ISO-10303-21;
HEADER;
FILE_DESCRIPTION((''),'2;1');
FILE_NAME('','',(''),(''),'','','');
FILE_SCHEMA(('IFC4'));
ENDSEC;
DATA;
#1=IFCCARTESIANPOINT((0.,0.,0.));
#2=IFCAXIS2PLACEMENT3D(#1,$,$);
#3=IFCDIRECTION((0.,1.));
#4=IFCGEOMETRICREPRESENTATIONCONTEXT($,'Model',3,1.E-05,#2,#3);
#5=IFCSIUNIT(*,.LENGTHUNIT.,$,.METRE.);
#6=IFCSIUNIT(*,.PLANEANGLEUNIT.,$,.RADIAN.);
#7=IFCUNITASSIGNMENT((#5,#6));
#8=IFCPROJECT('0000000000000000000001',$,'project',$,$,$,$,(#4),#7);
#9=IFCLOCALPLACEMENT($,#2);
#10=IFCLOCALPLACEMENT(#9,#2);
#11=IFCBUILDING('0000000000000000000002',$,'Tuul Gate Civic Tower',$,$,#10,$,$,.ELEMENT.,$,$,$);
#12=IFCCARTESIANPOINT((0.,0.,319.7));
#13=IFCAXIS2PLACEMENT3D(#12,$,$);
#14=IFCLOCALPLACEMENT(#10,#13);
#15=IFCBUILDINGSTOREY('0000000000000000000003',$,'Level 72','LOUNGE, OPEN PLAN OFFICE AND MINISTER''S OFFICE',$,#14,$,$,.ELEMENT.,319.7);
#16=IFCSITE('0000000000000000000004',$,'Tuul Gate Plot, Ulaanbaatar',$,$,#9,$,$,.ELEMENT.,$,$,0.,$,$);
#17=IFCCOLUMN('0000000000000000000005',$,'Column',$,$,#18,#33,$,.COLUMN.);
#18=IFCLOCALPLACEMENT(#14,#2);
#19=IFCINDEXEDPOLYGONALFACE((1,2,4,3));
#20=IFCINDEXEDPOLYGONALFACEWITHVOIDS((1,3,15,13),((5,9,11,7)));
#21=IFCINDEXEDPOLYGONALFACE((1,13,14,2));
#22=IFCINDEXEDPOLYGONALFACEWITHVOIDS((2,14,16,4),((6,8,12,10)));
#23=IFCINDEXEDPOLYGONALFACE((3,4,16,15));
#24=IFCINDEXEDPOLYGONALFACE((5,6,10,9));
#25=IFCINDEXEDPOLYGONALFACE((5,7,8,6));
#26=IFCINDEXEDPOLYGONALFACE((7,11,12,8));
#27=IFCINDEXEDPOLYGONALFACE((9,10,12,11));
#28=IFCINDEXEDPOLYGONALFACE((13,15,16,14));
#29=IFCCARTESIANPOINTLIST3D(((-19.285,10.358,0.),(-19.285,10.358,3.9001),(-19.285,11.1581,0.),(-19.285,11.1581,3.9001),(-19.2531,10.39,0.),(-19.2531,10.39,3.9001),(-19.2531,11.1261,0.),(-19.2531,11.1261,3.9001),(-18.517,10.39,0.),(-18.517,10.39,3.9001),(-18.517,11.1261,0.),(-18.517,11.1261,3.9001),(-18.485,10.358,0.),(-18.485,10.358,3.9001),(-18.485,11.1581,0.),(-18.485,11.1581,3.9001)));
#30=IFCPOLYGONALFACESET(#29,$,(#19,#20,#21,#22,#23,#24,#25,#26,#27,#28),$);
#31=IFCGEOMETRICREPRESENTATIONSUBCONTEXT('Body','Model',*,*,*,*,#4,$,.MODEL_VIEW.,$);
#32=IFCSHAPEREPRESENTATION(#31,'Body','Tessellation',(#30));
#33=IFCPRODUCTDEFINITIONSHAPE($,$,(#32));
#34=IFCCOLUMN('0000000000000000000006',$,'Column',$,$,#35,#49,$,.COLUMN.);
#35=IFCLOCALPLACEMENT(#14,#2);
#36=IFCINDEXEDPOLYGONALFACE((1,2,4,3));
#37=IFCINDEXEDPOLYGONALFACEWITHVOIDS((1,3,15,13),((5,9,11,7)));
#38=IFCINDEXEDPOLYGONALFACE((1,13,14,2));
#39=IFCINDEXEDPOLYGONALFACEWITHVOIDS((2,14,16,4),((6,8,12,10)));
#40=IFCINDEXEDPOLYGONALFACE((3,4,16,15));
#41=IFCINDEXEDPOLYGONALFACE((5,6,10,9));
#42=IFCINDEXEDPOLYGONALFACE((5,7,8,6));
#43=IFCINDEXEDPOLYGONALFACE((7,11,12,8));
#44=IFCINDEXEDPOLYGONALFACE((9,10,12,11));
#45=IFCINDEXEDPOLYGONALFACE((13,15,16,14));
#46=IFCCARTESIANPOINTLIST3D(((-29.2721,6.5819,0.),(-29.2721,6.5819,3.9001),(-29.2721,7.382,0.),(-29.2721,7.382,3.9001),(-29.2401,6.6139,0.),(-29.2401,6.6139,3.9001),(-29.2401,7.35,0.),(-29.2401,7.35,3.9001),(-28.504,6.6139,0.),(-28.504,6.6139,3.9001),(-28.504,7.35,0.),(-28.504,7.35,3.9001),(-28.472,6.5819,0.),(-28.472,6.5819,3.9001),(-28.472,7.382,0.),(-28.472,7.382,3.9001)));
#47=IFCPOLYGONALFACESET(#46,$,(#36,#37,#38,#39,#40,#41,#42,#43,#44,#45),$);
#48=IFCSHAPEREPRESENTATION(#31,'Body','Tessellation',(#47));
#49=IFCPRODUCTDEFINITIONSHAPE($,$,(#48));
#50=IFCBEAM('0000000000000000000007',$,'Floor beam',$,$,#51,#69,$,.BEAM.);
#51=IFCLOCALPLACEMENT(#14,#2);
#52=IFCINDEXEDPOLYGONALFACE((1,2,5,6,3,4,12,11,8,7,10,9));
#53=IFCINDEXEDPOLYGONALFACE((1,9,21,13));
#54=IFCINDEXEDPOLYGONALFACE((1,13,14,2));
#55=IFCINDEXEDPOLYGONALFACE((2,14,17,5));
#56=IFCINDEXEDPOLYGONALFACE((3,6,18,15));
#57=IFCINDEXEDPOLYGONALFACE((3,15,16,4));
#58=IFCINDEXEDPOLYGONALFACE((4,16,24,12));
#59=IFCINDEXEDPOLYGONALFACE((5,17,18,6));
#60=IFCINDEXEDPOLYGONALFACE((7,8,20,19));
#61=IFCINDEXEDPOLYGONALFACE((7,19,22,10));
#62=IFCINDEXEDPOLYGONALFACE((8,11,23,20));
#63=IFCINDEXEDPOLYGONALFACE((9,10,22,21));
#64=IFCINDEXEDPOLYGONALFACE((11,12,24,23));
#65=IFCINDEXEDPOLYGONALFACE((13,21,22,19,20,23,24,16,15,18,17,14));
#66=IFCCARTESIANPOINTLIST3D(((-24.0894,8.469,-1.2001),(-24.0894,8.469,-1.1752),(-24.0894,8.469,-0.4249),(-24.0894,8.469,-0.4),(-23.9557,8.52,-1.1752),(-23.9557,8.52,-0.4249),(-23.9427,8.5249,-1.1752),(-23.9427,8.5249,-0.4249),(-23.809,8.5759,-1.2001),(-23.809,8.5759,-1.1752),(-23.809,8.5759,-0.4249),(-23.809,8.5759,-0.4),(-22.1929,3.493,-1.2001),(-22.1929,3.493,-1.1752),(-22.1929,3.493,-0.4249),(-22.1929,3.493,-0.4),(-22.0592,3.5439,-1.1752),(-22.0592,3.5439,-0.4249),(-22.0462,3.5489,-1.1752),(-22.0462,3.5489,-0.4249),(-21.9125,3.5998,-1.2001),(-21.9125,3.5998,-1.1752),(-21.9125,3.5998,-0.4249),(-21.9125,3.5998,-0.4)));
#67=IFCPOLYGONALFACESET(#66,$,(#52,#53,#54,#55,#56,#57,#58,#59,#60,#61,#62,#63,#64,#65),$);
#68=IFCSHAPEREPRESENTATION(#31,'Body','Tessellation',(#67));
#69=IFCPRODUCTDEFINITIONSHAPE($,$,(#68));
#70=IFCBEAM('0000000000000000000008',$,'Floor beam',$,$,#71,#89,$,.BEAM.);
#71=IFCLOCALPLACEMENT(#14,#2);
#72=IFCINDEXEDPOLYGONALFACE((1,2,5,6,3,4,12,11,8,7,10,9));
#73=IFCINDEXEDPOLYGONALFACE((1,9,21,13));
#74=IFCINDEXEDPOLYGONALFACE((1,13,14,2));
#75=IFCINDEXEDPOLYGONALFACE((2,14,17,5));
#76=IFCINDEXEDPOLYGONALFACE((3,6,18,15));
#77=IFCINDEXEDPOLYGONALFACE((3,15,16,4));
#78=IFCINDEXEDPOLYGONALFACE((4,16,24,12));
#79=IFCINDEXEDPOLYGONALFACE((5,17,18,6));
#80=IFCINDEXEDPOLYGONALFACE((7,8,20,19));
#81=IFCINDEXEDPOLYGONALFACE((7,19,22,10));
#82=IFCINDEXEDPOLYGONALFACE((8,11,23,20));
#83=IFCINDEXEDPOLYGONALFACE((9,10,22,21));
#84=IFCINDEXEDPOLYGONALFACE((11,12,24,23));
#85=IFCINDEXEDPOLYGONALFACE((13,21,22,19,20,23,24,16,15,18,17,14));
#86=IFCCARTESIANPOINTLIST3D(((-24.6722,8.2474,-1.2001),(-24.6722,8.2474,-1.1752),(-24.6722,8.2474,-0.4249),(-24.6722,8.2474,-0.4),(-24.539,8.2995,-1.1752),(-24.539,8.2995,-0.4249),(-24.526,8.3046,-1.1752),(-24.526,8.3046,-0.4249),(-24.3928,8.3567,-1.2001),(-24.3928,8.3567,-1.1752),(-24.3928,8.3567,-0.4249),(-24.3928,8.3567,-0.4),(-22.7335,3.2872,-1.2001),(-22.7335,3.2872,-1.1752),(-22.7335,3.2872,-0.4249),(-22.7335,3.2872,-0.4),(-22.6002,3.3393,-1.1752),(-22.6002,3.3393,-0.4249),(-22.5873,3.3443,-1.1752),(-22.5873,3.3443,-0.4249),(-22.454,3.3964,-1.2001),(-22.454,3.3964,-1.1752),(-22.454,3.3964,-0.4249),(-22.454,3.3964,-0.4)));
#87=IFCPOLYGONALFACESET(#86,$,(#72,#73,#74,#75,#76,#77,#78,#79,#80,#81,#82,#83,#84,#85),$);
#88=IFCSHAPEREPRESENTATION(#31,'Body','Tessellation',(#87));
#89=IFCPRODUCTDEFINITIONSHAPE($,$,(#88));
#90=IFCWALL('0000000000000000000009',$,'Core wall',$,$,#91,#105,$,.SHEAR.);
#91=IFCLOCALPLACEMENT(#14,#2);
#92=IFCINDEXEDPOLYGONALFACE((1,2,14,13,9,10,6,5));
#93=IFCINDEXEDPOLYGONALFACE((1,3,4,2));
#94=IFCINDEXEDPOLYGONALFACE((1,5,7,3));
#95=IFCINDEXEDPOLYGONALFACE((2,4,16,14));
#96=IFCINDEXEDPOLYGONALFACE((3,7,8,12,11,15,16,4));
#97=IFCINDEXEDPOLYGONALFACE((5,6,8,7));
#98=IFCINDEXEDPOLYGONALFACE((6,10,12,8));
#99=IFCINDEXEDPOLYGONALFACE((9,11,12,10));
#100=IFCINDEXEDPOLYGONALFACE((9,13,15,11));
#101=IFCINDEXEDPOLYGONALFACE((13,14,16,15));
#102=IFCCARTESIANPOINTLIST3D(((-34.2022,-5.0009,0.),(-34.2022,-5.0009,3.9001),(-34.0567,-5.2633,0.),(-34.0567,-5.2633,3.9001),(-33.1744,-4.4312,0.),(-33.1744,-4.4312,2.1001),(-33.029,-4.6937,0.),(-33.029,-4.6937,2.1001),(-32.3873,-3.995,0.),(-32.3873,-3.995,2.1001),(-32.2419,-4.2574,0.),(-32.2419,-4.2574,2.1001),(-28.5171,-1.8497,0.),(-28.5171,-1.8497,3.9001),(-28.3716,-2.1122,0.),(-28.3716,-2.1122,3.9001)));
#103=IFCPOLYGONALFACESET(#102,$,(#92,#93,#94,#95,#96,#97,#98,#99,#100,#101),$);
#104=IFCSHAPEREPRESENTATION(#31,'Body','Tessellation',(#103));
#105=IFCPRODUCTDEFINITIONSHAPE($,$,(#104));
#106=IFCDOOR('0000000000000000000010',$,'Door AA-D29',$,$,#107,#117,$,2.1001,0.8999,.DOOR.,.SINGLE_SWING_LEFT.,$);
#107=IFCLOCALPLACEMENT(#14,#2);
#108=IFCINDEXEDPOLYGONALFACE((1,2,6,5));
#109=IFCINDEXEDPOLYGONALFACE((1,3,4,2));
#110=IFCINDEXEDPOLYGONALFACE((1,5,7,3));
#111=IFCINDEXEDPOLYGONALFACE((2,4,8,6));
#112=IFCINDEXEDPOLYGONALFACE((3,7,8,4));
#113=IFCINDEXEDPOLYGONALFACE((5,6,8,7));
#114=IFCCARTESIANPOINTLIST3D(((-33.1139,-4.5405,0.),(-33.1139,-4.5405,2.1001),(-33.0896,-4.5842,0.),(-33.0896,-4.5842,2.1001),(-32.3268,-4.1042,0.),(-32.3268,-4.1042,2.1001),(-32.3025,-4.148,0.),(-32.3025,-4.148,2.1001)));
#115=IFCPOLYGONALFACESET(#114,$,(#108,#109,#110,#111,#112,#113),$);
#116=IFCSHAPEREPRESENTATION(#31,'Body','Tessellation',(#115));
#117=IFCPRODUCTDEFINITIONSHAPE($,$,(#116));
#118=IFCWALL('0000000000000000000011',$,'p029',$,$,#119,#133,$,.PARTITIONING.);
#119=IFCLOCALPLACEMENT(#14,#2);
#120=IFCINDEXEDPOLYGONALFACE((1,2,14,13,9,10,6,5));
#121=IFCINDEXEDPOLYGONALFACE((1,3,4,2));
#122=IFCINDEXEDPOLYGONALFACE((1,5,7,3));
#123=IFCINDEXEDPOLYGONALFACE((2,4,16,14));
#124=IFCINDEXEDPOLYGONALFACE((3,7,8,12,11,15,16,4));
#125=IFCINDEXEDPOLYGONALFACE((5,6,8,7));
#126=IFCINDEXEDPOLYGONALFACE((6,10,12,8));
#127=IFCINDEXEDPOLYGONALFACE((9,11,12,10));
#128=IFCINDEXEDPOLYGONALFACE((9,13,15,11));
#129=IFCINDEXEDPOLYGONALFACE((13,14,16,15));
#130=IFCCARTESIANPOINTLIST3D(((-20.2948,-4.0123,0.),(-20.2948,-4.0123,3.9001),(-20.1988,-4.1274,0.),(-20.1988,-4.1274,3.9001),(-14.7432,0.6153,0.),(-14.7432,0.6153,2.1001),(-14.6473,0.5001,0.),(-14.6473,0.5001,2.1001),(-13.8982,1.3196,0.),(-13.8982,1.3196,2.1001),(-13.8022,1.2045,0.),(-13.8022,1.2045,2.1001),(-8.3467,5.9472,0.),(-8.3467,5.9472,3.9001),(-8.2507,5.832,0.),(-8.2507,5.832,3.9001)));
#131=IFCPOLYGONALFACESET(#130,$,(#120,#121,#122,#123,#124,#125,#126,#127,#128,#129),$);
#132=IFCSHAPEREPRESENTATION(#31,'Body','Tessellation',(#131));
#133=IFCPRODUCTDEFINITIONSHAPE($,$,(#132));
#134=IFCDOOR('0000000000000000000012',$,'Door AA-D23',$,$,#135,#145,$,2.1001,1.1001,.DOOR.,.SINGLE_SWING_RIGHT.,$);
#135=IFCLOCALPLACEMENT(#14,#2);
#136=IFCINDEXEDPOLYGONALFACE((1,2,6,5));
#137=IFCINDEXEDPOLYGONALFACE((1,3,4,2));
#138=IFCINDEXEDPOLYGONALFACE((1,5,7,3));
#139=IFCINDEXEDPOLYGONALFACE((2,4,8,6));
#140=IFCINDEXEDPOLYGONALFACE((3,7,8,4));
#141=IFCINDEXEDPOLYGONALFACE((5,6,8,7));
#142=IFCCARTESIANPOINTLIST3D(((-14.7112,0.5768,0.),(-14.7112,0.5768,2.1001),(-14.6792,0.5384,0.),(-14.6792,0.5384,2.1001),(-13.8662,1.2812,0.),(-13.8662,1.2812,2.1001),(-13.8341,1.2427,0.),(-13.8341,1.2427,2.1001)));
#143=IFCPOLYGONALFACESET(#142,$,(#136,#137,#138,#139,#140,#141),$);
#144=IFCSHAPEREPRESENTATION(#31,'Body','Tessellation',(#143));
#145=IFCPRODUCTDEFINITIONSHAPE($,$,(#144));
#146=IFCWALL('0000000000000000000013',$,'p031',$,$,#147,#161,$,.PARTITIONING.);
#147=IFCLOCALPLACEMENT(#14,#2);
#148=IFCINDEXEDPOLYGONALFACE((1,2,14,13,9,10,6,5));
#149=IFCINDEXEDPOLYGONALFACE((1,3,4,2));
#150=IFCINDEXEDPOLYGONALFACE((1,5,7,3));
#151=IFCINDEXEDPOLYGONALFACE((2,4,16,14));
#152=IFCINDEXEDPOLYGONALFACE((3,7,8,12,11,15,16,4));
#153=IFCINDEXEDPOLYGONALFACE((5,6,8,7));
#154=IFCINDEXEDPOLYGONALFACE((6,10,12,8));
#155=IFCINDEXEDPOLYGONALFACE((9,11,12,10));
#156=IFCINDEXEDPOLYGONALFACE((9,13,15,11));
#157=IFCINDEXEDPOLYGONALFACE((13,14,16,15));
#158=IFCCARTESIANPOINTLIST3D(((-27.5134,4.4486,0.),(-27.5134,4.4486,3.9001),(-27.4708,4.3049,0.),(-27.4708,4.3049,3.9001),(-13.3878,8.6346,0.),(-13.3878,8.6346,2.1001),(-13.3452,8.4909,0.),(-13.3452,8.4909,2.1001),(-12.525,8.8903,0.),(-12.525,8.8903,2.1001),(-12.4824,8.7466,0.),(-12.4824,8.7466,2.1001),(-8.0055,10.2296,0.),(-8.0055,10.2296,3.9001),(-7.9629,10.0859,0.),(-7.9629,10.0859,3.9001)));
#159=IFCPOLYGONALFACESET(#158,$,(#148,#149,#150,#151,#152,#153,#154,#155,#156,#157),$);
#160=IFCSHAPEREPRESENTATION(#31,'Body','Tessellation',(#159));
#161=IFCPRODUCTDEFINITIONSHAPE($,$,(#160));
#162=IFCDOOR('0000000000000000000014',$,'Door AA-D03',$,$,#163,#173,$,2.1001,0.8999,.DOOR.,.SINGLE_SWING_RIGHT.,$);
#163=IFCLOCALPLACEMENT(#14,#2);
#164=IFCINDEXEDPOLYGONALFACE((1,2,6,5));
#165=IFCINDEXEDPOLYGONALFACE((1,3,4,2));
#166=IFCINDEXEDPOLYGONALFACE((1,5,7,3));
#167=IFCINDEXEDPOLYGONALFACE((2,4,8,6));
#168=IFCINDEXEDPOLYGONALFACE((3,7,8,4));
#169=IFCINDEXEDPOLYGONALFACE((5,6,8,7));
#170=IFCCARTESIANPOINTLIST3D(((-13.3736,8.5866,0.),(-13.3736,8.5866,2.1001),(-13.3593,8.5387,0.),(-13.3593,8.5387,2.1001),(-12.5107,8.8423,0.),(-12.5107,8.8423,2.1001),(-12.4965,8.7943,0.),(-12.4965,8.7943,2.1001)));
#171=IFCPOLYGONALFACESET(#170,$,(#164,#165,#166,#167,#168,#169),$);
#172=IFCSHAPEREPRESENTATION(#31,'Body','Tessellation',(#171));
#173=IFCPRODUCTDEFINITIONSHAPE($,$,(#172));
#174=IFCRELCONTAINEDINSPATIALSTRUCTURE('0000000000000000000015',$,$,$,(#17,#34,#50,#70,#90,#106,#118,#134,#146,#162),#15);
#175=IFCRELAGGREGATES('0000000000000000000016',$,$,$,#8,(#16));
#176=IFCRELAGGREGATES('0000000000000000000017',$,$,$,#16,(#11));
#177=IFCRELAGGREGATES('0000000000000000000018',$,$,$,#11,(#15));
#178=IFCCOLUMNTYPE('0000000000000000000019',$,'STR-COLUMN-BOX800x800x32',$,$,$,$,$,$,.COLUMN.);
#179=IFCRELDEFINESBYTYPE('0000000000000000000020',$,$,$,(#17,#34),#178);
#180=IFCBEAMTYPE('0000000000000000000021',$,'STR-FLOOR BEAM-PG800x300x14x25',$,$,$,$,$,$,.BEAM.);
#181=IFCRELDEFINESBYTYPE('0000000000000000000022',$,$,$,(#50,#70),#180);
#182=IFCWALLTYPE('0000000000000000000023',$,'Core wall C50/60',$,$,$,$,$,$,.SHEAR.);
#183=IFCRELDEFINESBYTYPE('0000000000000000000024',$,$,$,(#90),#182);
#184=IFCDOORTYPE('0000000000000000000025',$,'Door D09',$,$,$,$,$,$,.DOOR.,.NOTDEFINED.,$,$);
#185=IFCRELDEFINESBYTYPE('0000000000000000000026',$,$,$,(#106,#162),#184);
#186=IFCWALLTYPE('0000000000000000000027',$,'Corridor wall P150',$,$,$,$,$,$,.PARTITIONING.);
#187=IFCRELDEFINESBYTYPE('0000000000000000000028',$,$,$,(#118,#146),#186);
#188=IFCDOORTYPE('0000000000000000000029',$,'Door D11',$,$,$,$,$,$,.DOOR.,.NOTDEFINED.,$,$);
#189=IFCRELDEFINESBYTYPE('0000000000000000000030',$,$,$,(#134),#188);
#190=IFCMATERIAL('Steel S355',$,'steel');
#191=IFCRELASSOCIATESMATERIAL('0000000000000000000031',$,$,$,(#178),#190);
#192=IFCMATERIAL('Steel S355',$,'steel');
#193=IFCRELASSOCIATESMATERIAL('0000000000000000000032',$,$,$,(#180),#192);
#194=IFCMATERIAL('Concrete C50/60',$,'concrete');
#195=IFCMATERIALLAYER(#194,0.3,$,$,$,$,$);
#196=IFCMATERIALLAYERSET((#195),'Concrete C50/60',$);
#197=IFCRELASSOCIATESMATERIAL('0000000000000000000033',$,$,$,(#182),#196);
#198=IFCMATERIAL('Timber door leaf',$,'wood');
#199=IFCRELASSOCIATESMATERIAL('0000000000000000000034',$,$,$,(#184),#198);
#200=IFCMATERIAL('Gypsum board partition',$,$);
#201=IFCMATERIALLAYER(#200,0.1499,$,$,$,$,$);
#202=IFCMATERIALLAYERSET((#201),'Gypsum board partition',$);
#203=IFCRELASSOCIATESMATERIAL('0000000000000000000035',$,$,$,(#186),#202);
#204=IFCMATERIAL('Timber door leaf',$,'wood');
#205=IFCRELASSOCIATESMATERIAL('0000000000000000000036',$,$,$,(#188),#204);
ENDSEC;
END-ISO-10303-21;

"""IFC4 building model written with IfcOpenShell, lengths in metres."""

from ifc_helpers import new_model, si_unit, direction, frame, frame_2d, origin, origin_2d, place, context, subcontext, project, spatial, rectangle, hollow_rectangle, i_section, extrude, material, layer, layer_set, material_profile, profile_set, type_object, element, fill, save


model = new_model("IFC4")

# Units and contexts
model_context = context("Model", 3, precision=1e-05, world=origin(), true_north=direction((0.0, 1.0)))
body_context = subcontext(model_context, "Body", "Model", "MODEL_VIEW")
ifc_project = project(units=[si_unit("LENGTHUNIT", "METRE"), si_unit("PLANEANGLEUNIT", "RADIAN")], contexts=[model_context])

# Site, building, storey
site_placement = place(None, origin())
site = spatial("IfcSite", under=ifc_project, at=site_placement, Name="Tuul Gate Plot, Ulaanbaatar", CompositionType="ELEMENT", RefElevation=0.0)
building_placement = place(site_placement, origin())
building = spatial("IfcBuilding", under=site, at=building_placement, Name="Tuul Gate Civic Tower", CompositionType="ELEMENT")
storey_placement = place(building_placement, frame((0.0, 0.0, 319.7)))
storey = spatial("IfcBuildingStorey", under=building, at=storey_placement, Name="Level 72", Description="LOUNGE, OPEN PLAN OFFICE AND MINISTER'S OFFICE", CompositionType="ELEMENT", Elevation=319.7)

# Columns
ifc_material_1 = material(Name="Steel S355", Category="steel")
ifc_material_profile_1 = material_profile(ifc_material_1, hollow_rectangle(XDim=0.8, YDim=0.8, WallThickness=0.032, at=origin_2d()), Name="BOX800x800x32")
ifc_profile_set_1 = profile_set([ifc_material_profile_1], Name="Steel S355")
column_type = type_object("IfcColumnType", Name="STR-COLUMN-BOX800x800x32", PredefinedType="COLUMN", material=ifc_profile_set_1)
for number, where, z_axis, x_axis, name in (
    (1, (-18.885, 10.7581, 0.0), (0.0, 0.0, 1.0), (1.0, 0.0, 0.0), "Column"),
    (2, (-28.8721, 6.9819, 0.0), (0.0, 0.0, 1.0), (1.0, 0.0, 0.0), "Column"),
):
    element("IfcColumn", number, at=place(storey_placement, frame(where, z_axis=z_axis, x_axis=x_axis)), inside=storey, type_object=column_type, Name=name, PredefinedType="COLUMN", context=body_context, shape_type="SweptSolid", body=[
        extrude(hollow_rectangle(XDim=0.8, YDim=0.8, WallThickness=0.032, at=origin_2d()), origin(), (0.0, 0.0, 1.0), 3.9001),
    ])

# Beams
ifc_material_2 = material(Name="Steel S355", Category="steel")
ifc_material_profile_2 = material_profile(ifc_material_2, i_section(OverallWidth=0.3, OverallDepth=0.8, WebThickness=0.0139, FlangeThickness=0.0249, at=origin_2d()), Name="PG800x300x14x25")
ifc_profile_set_2 = profile_set([ifc_material_profile_2], Name="Steel S355")
beam_type = type_object("IfcBeamType", Name="STR-FLOOR BEAM-PG800x300x14x25", PredefinedType="BEAM", material=ifc_profile_set_2)
beam_1_placement = place(storey_placement, frame((-22.0527, 3.5464, -0.8), z_axis=(-0.356133, 0.934435, 0.0), x_axis=(-0.934435, -0.356133, 0.0)))
element("IfcBeam", 3, at=beam_1_placement, inside=storey, type_object=beam_type, Name="Floor beam", PredefinedType="BEAM", context=body_context, shape_type="SweptSolid", body=[
    extrude(i_section(OverallWidth=0.3, OverallDepth=0.8, WebThickness=0.0139, FlangeThickness=0.0249, at=origin_2d()), origin(), (0.0, 0.0, 1.0), 5.3252),
])
beam_2_placement = place(storey_placement, frame((-22.5938, 3.3418, -0.8), z_axis=(-0.364036, 0.931385, 0.0), x_axis=(-0.931385, -0.364036, 0.0)))
element("IfcBeam", 4, at=beam_2_placement, inside=storey, type_object=beam_type, Name="Floor beam", PredefinedType="BEAM", context=body_context, shape_type="SweptSolid", body=[
    extrude(i_section(OverallWidth=0.3, OverallDepth=0.8, WebThickness=0.0139, FlangeThickness=0.0249, at=origin_2d()), origin(), (0.0, 0.0, 1.0), 5.3257),
])

# Walls, openings, doors
ifc_material_3 = material(Name="Concrete C50/60", Category="concrete")
ifc_layer_1 = layer(ifc_material_3, 0.3)
ifc_layer_set_1 = layer_set([ifc_layer_1], Name="Concrete C50/60")
wall_type_1 = type_object("IfcWallType", Name="Core wall C50/60", PredefinedType="SHEAR", material=ifc_layer_set_1)
wall_1_placement = place(storey_placement, frame((-28.4443, -1.981, 0.0), z_axis=(0.0, 0.0, 1.0), x_axis=(-0.87463, -0.484791, 0.0)))
wall_1 = element("IfcWall", 5, at=wall_1_placement, inside=storey, type_object=wall_type_1, Name="Core wall", PredefinedType="SHEAR", context=body_context, shape_type="SweptSolid", body=[
    extrude(rectangle(XDim=6.5, YDim=0.3, at=frame_2d((3.25, 0.0))), origin(), (0.0, 0.0, 1.0), 3.9001),
])
opening_1_placement = place(wall_1_placement, frame((4.425, 0.0, 0.0)))
opening_1 = element("IfcOpeningElement", 6, at=opening_1_placement, cuts=wall_1, PredefinedType="OPENING", context=body_context, shape_type="SweptSolid", body=[
    extrude(rectangle(XDim=0.8999, YDim=2.1001, at=frame_2d((0.45, 1.05))), frame((0.0, 0.1602, 0.0), z_axis=(0.0, -1.0, 0.0), x_axis=(1.0, 0.0, 0.0)), (0.0, 0.0, 1.0), 0.3201),
])
ifc_material_4 = material(Name="Timber door leaf", Category="wood")
door_type_1 = type_object("IfcDoorType", Name="Door D09", OperationType="NOTDEFINED", PredefinedType="DOOR", material=ifc_material_4)
door_1_placement = place(opening_1_placement, origin())
door_1 = element("IfcDoor", 7, at=door_1_placement, inside=storey, type_object=door_type_1, Name="Door AA-D29", OperationType="SINGLE_SWING_LEFT", OverallHeight=2.1001, OverallWidth=0.8999, PredefinedType="DOOR", context=body_context, shape_type="SweptSolid", body=[
    extrude(rectangle(XDim=0.8999, YDim=2.1001, at=frame_2d((0.45, 1.05))), frame((0.0, 0.0249, 0.0), z_axis=(0.0, -1.0, 0.0), x_axis=(1.0, 0.0, 0.0)), (0.0, 0.0, 1.0), 0.05),
])
fill(opening_1, door_1)
ifc_material_5 = material(Name="Gypsum board partition")
ifc_layer_2 = layer(ifc_material_5, 0.1499)
ifc_layer_set_2 = layer_set([ifc_layer_2], Name="Gypsum board partition")
wall_type_2 = type_object("IfcWallType", Name="Corridor wall P150", PredefinedType="PARTITIONING", material=ifc_layer_set_2)
wall_2_placement = place(storey_placement, frame((-20.2468, -4.0698, 0.0), z_axis=(0.0, 0.0, 1.0), x_axis=(0.768139, 0.640283, 0.0)))
wall_2 = element("IfcWall", 8, at=wall_2_placement, inside=storey, type_object=wall_type_2, Name="p029", PredefinedType="PARTITIONING", context=body_context, shape_type="SweptSolid", body=[
    extrude(rectangle(XDim=15.5547, YDim=0.1499, at=frame_2d((7.7773, 0.0))), origin(), (0.0, 0.0, 1.0), 3.9001),
])
opening_2_placement = place(wall_2_placement, frame((7.2273, 0.0, 0.0)))
opening_2 = element("IfcOpeningElement", 9, at=opening_2_placement, cuts=wall_2, PredefinedType="OPENING", context=body_context, shape_type="SweptSolid", body=[
    extrude(rectangle(XDim=1.1001, YDim=2.1001, at=frame_2d((0.55, 1.05))), frame((0.0, 0.085, 0.0), z_axis=(0.0, -1.0, 0.0), x_axis=(1.0, 0.0, 0.0)), (0.0, 0.0, 1.0), 0.1699),
])
ifc_material_6 = material(Name="Timber door leaf", Category="wood")
door_type_2 = type_object("IfcDoorType", Name="Door D11", OperationType="NOTDEFINED", PredefinedType="DOOR", material=ifc_material_6)
door_2_placement = place(opening_2_placement, origin())
door_2 = element("IfcDoor", 10, at=door_2_placement, inside=storey, type_object=door_type_2, Name="Door AA-D23", OperationType="SINGLE_SWING_RIGHT", OverallHeight=2.1001, OverallWidth=1.1001, PredefinedType="DOOR", context=body_context, shape_type="SweptSolid", body=[
    extrude(rectangle(XDim=1.1001, YDim=2.1001, at=frame_2d((0.55, 1.05))), frame((0.0, 0.0249, 0.0), z_axis=(0.0, -1.0, 0.0), x_axis=(1.0, 0.0, 0.0)), (0.0, 0.0, 1.0), 0.05),
])
fill(opening_2, door_2)
wall_3_placement = place(storey_placement, frame((-27.4922, 4.3767, 0.0), z_axis=(0.0, 0.0, 1.0), x_axis=(0.958786, 0.28413, 0.0)))
wall_3 = element("IfcWall", 11, at=wall_3_placement, inside=storey, type_object=wall_type_2, Name="p031", PredefinedType="PARTITIONING", context=body_context, shape_type="SweptSolid", body=[
    extrude(rectangle(XDim=20.3464, YDim=0.1499, at=frame_2d((10.1733, 0.0))), origin(), (0.0, 0.0, 1.0), 3.9001),
])
opening_3_placement = place(wall_3_placement, frame((14.7329, 0.0, 0.0)))
opening_3 = element("IfcOpeningElement", 12, at=opening_3_placement, cuts=wall_3, PredefinedType="OPENING", context=body_context, shape_type="SweptSolid", body=[
    extrude(rectangle(XDim=0.8999, YDim=2.1001, at=frame_2d((0.45, 1.05))), frame((0.0, 0.085, 0.0), z_axis=(0.0, -1.0, 0.0), x_axis=(1.0, 0.0, 0.0)), (0.0, 0.0, 1.0), 0.1699),
])
door_3_placement = place(opening_3_placement, origin())
door_3 = element("IfcDoor", 13, at=door_3_placement, inside=storey, type_object=door_type_1, Name="Door AA-D03", OperationType="SINGLE_SWING_RIGHT", OverallHeight=2.1001, OverallWidth=0.8999, PredefinedType="DOOR", context=body_context, shape_type="SweptSolid", body=[
    extrude(rectangle(XDim=0.8999, YDim=2.1001, at=frame_2d((0.45, 1.05))), frame((0.0, 0.0249, 0.0), z_axis=(0.0, -1.0, 0.0), x_axis=(1.0, 0.0, 0.0)), (0.0, 0.0, 1.0), 0.05),
])
fill(opening_3, door_3)

save(model, "model.ifc")
